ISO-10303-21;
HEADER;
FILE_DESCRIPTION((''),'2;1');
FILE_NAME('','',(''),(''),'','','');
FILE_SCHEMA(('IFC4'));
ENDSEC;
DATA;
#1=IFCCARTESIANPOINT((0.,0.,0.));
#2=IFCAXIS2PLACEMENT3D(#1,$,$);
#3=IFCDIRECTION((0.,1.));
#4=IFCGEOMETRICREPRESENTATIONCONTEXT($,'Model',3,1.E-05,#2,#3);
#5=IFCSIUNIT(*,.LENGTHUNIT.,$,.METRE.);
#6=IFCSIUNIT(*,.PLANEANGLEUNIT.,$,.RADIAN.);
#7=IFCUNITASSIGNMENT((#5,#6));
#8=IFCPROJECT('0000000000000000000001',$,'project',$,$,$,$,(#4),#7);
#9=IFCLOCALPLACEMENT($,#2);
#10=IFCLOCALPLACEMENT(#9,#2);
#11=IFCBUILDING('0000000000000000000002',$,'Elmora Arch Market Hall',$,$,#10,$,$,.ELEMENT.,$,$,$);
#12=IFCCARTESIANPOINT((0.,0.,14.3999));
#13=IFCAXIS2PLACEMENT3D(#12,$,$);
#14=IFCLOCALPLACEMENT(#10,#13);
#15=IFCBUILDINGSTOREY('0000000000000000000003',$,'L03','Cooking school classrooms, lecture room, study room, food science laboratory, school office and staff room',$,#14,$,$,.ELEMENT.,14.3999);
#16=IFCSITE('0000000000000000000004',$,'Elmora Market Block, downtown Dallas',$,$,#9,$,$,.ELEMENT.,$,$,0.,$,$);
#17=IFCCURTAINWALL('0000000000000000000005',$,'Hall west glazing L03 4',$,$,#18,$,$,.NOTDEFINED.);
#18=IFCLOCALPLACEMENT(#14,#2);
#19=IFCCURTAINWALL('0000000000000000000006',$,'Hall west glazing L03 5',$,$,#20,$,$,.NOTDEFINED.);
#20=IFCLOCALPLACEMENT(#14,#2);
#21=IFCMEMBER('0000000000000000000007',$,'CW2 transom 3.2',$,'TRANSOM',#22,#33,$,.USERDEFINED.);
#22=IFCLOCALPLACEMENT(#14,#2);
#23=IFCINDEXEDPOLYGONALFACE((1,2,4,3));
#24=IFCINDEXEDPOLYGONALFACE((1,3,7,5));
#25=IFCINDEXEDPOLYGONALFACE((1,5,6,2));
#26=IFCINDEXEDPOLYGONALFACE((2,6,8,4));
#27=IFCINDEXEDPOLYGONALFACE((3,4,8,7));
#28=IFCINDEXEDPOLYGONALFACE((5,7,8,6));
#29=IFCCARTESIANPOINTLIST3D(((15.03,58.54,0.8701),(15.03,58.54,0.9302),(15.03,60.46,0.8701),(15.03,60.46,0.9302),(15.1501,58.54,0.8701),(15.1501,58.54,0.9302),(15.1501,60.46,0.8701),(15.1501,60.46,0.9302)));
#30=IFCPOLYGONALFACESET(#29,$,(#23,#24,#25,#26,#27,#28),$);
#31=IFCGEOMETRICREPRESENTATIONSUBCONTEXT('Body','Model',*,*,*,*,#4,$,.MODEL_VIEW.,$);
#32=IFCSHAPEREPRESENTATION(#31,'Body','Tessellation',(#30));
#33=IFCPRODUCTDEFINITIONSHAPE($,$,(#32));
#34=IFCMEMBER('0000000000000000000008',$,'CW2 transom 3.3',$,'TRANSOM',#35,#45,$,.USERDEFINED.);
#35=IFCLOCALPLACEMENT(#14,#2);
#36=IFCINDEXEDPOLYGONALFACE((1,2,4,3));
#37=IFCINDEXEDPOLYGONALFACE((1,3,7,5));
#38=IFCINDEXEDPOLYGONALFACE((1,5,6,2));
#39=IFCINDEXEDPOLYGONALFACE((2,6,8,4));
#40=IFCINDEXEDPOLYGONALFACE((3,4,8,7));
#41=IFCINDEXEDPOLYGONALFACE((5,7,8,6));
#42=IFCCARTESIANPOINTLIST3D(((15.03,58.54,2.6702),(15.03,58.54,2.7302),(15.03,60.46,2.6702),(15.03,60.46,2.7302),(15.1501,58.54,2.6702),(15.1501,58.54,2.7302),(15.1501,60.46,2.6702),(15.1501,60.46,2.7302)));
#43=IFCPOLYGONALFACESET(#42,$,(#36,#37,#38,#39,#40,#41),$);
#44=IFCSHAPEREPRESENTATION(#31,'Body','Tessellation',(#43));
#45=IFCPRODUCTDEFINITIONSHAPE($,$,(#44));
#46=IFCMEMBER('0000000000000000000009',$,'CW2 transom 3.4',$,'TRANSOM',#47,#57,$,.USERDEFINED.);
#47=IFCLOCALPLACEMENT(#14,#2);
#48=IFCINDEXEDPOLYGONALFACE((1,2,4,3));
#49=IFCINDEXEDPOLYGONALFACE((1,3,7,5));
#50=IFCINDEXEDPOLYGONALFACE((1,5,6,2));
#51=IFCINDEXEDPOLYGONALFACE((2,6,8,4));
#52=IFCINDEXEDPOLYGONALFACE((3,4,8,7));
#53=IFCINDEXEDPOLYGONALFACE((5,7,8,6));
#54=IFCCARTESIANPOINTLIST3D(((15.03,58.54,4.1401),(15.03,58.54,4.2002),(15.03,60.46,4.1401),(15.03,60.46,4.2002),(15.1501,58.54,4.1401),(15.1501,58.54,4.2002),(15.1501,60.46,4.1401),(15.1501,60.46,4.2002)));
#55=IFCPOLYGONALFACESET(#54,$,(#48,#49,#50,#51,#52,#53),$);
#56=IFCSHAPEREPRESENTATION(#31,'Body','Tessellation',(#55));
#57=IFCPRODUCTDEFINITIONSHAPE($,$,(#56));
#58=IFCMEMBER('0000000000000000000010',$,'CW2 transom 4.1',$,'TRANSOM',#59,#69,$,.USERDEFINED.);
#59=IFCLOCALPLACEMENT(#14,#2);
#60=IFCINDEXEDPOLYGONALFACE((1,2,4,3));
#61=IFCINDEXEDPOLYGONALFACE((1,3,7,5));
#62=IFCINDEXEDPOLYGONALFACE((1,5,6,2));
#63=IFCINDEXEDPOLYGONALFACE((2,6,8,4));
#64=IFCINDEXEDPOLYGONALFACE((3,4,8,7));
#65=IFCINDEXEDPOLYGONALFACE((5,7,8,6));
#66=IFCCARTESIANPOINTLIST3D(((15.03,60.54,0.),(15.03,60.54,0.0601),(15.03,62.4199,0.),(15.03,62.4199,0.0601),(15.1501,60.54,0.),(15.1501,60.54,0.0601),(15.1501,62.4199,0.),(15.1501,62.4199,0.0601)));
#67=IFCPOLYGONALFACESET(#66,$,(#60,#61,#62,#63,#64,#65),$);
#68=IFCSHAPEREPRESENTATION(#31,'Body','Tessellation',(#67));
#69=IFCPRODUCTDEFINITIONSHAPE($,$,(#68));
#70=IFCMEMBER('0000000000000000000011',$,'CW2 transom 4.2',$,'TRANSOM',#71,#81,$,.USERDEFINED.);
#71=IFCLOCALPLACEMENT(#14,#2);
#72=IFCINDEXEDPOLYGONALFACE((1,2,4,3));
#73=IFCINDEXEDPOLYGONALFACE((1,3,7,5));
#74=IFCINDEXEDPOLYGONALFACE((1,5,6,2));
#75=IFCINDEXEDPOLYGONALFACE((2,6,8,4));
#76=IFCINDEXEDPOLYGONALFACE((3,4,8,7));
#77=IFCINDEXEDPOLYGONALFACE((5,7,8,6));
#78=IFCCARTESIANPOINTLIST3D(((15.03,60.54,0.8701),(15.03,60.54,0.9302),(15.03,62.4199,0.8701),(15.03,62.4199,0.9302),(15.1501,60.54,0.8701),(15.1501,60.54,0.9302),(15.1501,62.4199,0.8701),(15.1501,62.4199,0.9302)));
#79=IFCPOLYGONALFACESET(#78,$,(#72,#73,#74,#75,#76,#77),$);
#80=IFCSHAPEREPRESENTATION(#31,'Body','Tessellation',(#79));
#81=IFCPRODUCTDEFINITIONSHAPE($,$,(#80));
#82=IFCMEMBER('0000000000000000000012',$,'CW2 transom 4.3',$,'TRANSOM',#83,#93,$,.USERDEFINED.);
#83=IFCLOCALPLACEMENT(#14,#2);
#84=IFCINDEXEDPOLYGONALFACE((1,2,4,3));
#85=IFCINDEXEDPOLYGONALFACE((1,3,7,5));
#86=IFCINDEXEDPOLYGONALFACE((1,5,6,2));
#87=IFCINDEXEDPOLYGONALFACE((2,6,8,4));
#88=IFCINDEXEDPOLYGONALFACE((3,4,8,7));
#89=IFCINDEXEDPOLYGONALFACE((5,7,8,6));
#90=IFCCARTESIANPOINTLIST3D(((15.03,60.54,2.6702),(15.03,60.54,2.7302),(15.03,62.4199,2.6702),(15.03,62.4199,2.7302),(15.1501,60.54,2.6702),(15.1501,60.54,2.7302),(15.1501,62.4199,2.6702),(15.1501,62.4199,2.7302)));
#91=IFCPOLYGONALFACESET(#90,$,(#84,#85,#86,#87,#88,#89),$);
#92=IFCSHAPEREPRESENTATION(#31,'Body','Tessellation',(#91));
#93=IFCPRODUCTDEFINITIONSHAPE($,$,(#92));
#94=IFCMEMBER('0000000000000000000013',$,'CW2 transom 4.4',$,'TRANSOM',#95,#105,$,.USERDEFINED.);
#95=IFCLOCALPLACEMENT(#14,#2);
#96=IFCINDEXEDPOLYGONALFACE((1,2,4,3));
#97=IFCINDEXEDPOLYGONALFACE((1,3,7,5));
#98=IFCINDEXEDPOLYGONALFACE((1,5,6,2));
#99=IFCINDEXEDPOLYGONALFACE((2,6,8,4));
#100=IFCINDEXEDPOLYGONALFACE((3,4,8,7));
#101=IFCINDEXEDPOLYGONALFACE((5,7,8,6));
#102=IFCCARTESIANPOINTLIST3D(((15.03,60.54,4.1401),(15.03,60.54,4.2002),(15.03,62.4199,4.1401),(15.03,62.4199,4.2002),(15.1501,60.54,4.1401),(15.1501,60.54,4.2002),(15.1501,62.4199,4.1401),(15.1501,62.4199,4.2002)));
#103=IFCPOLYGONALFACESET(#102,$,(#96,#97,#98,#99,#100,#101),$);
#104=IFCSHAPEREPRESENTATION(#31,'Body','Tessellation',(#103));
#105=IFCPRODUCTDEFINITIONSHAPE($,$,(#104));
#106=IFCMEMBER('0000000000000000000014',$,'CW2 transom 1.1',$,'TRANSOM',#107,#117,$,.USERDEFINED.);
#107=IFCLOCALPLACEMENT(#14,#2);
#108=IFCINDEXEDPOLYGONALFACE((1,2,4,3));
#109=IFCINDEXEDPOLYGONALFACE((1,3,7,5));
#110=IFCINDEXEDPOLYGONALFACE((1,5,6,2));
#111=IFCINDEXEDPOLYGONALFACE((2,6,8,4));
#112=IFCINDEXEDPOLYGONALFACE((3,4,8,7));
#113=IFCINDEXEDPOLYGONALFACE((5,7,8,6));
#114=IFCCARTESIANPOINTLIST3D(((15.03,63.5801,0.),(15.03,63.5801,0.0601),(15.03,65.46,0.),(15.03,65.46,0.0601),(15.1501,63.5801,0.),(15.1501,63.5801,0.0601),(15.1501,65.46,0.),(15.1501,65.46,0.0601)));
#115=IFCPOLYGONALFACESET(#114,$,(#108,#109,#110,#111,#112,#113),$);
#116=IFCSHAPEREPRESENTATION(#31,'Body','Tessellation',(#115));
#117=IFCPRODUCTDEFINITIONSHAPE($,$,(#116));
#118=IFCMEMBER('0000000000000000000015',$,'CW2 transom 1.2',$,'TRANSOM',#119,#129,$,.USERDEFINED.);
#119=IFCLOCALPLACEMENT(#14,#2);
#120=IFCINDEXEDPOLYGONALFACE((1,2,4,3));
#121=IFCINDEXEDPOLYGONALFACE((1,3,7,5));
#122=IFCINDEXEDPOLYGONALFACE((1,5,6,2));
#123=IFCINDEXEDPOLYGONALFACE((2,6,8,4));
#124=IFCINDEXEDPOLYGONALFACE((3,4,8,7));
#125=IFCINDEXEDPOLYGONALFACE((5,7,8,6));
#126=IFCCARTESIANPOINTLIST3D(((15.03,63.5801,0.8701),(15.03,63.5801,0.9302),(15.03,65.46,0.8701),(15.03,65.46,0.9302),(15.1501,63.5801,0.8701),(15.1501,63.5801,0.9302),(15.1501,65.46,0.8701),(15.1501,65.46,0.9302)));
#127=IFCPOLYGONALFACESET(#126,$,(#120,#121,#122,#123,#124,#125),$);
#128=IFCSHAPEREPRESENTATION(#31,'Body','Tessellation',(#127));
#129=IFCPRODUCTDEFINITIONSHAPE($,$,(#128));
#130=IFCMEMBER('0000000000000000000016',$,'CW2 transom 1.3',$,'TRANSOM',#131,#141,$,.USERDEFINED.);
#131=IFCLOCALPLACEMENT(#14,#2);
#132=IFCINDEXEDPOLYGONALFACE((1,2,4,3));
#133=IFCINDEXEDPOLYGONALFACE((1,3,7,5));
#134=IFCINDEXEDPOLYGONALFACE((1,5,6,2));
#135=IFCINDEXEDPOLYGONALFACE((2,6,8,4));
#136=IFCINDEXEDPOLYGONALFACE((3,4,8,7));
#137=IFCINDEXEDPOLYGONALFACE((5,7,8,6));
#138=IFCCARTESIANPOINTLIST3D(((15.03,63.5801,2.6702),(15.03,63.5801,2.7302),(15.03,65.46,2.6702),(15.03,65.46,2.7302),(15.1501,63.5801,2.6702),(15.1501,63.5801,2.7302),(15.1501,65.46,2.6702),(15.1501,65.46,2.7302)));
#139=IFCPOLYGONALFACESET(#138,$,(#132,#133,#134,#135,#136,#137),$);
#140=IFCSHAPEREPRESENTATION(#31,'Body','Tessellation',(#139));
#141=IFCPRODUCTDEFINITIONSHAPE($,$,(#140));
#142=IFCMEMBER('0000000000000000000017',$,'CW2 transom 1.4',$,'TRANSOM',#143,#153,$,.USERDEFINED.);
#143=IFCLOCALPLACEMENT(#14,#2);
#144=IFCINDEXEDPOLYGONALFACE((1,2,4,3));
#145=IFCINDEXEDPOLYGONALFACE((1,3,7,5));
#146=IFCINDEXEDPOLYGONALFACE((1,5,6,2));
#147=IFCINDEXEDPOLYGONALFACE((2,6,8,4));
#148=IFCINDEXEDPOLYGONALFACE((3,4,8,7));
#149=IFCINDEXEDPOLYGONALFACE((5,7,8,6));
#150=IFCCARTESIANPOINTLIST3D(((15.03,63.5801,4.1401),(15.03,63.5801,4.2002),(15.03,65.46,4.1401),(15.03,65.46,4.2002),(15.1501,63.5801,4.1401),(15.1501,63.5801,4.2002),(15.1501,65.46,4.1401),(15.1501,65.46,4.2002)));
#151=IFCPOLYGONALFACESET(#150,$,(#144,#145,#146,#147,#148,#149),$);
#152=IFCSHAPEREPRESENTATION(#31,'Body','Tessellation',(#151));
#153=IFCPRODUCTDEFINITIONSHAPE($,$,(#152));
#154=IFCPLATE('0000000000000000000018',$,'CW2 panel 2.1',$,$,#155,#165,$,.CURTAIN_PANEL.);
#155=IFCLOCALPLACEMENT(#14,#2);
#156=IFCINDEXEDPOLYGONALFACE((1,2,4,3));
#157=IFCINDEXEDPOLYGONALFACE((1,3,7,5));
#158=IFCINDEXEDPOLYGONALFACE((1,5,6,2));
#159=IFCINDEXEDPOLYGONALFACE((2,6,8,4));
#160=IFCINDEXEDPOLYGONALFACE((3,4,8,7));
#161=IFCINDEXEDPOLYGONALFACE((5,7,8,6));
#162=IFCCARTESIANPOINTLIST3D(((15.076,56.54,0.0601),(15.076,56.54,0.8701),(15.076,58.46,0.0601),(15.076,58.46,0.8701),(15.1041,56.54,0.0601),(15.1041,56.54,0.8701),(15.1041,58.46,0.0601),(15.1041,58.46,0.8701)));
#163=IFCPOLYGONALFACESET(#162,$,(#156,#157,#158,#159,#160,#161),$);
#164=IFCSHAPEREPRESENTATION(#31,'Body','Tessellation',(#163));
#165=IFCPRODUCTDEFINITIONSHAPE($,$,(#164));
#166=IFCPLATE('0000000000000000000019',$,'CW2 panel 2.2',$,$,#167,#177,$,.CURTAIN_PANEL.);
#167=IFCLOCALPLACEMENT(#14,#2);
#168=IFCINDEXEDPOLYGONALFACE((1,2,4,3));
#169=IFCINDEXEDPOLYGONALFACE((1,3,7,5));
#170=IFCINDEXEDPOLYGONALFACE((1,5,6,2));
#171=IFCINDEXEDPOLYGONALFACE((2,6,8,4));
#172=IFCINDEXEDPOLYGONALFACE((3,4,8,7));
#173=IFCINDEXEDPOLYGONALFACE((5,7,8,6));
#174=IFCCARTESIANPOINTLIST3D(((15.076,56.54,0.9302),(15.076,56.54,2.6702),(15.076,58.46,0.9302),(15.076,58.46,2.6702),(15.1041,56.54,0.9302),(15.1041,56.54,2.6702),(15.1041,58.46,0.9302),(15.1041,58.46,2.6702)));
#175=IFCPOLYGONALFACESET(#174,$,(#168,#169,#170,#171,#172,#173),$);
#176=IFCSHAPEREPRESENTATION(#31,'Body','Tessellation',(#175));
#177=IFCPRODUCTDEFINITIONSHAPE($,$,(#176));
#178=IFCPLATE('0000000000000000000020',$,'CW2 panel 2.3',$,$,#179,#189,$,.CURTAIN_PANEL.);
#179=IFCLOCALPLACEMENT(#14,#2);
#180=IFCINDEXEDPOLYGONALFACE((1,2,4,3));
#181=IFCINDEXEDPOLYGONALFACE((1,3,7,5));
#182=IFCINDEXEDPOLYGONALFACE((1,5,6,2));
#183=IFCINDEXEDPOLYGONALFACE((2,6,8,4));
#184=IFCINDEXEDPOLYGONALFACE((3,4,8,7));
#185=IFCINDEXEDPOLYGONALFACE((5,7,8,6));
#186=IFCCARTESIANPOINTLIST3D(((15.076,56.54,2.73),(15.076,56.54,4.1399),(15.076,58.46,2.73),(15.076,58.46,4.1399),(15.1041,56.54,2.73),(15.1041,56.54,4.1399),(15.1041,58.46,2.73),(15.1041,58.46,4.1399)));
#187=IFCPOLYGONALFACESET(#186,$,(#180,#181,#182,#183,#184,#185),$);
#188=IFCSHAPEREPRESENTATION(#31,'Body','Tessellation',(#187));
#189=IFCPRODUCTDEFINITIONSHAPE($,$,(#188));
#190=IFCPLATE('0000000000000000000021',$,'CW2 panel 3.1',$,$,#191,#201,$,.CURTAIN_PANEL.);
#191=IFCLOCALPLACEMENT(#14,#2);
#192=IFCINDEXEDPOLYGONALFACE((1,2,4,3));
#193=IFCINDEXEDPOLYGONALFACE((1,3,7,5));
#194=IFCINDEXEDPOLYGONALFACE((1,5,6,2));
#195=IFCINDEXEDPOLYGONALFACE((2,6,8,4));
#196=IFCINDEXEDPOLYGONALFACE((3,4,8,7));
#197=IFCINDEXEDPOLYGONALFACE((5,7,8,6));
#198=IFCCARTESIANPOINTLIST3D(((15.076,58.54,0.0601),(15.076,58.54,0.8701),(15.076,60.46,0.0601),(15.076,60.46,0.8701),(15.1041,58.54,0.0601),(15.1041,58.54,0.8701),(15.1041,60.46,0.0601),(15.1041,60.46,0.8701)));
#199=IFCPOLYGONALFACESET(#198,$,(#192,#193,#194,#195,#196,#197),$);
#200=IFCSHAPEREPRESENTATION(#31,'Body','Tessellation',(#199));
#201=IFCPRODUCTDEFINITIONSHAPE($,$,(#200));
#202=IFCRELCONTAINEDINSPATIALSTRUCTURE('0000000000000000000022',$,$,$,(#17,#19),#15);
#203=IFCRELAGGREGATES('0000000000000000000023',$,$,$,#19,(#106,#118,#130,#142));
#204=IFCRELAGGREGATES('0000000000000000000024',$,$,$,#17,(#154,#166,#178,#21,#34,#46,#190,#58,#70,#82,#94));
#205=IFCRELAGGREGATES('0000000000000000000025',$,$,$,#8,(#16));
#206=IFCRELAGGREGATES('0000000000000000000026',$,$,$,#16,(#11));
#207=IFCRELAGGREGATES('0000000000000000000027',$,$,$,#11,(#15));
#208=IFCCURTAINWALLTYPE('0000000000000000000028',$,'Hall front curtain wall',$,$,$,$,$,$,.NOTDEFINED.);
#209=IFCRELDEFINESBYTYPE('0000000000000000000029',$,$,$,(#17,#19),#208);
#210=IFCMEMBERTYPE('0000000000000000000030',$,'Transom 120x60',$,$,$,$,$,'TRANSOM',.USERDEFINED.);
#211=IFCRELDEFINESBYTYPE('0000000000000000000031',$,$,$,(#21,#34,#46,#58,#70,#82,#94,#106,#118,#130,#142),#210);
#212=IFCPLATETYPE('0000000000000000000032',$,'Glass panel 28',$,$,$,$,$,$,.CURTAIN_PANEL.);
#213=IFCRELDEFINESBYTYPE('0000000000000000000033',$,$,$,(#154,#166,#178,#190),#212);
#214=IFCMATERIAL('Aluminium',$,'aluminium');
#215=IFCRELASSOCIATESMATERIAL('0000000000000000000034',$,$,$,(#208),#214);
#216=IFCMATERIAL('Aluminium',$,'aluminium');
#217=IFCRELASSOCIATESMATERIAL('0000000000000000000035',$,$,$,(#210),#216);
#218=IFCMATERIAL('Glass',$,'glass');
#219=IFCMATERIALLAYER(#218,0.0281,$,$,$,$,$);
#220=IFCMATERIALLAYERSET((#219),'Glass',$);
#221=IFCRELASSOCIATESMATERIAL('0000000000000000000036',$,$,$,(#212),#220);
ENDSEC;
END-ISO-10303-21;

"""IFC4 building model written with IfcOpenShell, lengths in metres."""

from ifc_helpers import new_model, si_unit, direction, frame, origin, origin_2d, place, context, subcontext, project, spatial, rectangle, extrude, material, layer, layer_set, material_profile, profile_set, type_object, element, aggregate, save


model = new_model("IFC4")

# Units and contexts
model_context = context("Model", 3, precision=1e-05, world=origin(), true_north=direction((0.0, 1.0)))
body_context = subcontext(model_context, "Body", "Model", "MODEL_VIEW")
ifc_project = project(units=[si_unit("LENGTHUNIT", "METRE"), si_unit("PLANEANGLEUNIT", "RADIAN")], contexts=[model_context])

# Site, building, storey
site_placement = place(None, origin())
site = spatial("IfcSite", under=ifc_project, at=site_placement, Name="Elmora Market Block, downtown Dallas", CompositionType="ELEMENT", RefElevation=0.0)
building_placement = place(site_placement, origin())
building = spatial("IfcBuilding", under=site, at=building_placement, Name="Elmora Arch Market Hall", CompositionType="ELEMENT")
storey_placement = place(building_placement, frame((0.0, 0.0, 14.3999)))
storey = spatial("IfcBuildingStorey", under=building, at=storey_placement, Name="L03", Description="Cooking school classrooms, lecture room, study room, food science laboratory, school office and staff room", CompositionType="ELEMENT", Elevation=14.3999)

# Curtain wall
ifc_material_1 = material(Name="Aluminium", Category="aluminium")
curtain_wall_type = type_object("IfcCurtainWallType", Name="Hall front curtain wall", PredefinedType="NOTDEFINED", material=ifc_material_1)
curtain_wall_1_placement = place(storey_placement, origin())
curtain_wall_1 = element("IfcCurtainWall", 1, at=curtain_wall_1_placement, inside=storey, type_object=curtain_wall_type, Name="Hall west glazing L03 4", PredefinedType="NOTDEFINED")

# Curtain wall
curtain_wall_2_placement = place(storey_placement, origin())
curtain_wall_2 = element("IfcCurtainWall", 2, at=curtain_wall_2_placement, inside=storey, type_object=curtain_wall_type, Name="Hall west glazing L03 5", PredefinedType="NOTDEFINED")

# Members
ifc_material_2 = material(Name="Aluminium", Category="aluminium")
ifc_material_profile_1 = material_profile(ifc_material_2, rectangle(XDim=0.1201, YDim=0.0601, at=origin_2d()), Name="AL 120x60")
ifc_profile_set_1 = profile_set([ifc_material_profile_1], Name="Aluminium")
member_type_1 = type_object("IfcMemberType", Name="Transom 120x60", ElementType="TRANSOM", PredefinedType="USERDEFINED", material=ifc_profile_set_1)
member_1_placement = place(storey_placement, frame((15.0901, 58.54, 0.9001), z_axis=(0.0, 1.0, 0.0), x_axis=(-1.0, 0.0, 0.0)))
member_1 = element("IfcMember", 3, at=member_1_placement, type_object=member_type_1, Name="CW2 transom 3.2", ObjectType="TRANSOM", PredefinedType="USERDEFINED", context=body_context, shape_type="SweptSolid", body=[
    extrude(rectangle(XDim=0.1201, YDim=0.0601, at=origin_2d()), origin(), (0.0, 0.0, 1.0), 1.9199),
])
member_2_placement = place(storey_placement, frame((15.0901, 58.54, 2.7002), z_axis=(0.0, 1.0, 0.0), x_axis=(-1.0, 0.0, 0.0)))
member_2 = element("IfcMember", 4, at=member_2_placement, type_object=member_type_1, Name="CW2 transom 3.3", ObjectType="TRANSOM", PredefinedType="USERDEFINED", context=body_context, shape_type="SweptSolid", body=[
    extrude(rectangle(XDim=0.1201, YDim=0.0601, at=origin_2d()), origin(), (0.0, 0.0, 1.0), 1.9199),
])
member_3_placement = place(storey_placement, frame((15.0901, 58.54, 4.1702), z_axis=(0.0, 1.0, 0.0), x_axis=(-1.0, 0.0, 0.0)))
member_3 = element("IfcMember", 5, at=member_3_placement, type_object=member_type_1, Name="CW2 transom 3.4", ObjectType="TRANSOM", PredefinedType="USERDEFINED", context=body_context, shape_type="SweptSolid", body=[
    extrude(rectangle(XDim=0.1201, YDim=0.0601, at=origin_2d()), origin(), (0.0, 0.0, 1.0), 1.9199),
])
member_4_placement = place(storey_placement, frame((15.0901, 60.54, 0.03), z_axis=(0.0, 1.0, 0.0), x_axis=(-1.0, 0.0, 0.0)))
member_4 = element("IfcMember", 6, at=member_4_placement, type_object=member_type_1, Name="CW2 transom 4.1", ObjectType="TRANSOM", PredefinedType="USERDEFINED", context=body_context, shape_type="SweptSolid", body=[
    extrude(rectangle(XDim=0.1201, YDim=0.0601, at=origin_2d()), origin(), (0.0, 0.0, 1.0), 1.8799),
])
member_5_placement = place(storey_placement, frame((15.0901, 60.54, 0.9001), z_axis=(0.0, 1.0, 0.0), x_axis=(-1.0, 0.0, 0.0)))
member_5 = element("IfcMember", 7, at=member_5_placement, type_object=member_type_1, Name="CW2 transom 4.2", ObjectType="TRANSOM", PredefinedType="USERDEFINED", context=body_context, shape_type="SweptSolid", body=[
    extrude(rectangle(XDim=0.1201, YDim=0.0601, at=origin_2d()), origin(), (0.0, 0.0, 1.0), 1.8799),
])
member_6_placement = place(storey_placement, frame((15.0901, 60.54, 2.7002), z_axis=(0.0, 1.0, 0.0), x_axis=(-1.0, 0.0, 0.0)))
member_6 = element("IfcMember", 8, at=member_6_placement, type_object=member_type_1, Name="CW2 transom 4.3", ObjectType="TRANSOM", PredefinedType="USERDEFINED", context=body_context, shape_type="SweptSolid", body=[
    extrude(rectangle(XDim=0.1201, YDim=0.0601, at=origin_2d()), origin(), (0.0, 0.0, 1.0), 1.8799),
])
member_7_placement = place(storey_placement, frame((15.0901, 60.54, 4.1702), z_axis=(0.0, 1.0, 0.0), x_axis=(-1.0, 0.0, 0.0)))
member_7 = element("IfcMember", 9, at=member_7_placement, type_object=member_type_1, Name="CW2 transom 4.4", ObjectType="TRANSOM", PredefinedType="USERDEFINED", context=body_context, shape_type="SweptSolid", body=[
    extrude(rectangle(XDim=0.1201, YDim=0.0601, at=origin_2d()), origin(), (0.0, 0.0, 1.0), 1.8799),
])
member_8_placement = place(storey_placement, frame((15.0901, 63.5801, 0.03), z_axis=(0.0, 1.0, 0.0), x_axis=(-1.0, 0.0, 0.0)))
member_8 = element("IfcMember", 10, at=member_8_placement, type_object=member_type_1, Name="CW2 transom 1.1", ObjectType="TRANSOM", PredefinedType="USERDEFINED", context=body_context, shape_type="SweptSolid", body=[
    extrude(rectangle(XDim=0.1201, YDim=0.0601, at=origin_2d()), origin(), (0.0, 0.0, 1.0), 1.8799),
])
member_9_placement = place(storey_placement, frame((15.0901, 63.5801, 0.9001), z_axis=(0.0, 1.0, 0.0), x_axis=(-1.0, 0.0, 0.0)))
member_9 = element("IfcMember", 11, at=member_9_placement, type_object=member_type_1, Name="CW2 transom 1.2", ObjectType="TRANSOM", PredefinedType="USERDEFINED", context=body_context, shape_type="SweptSolid", body=[
    extrude(rectangle(XDim=0.1201, YDim=0.0601, at=origin_2d()), origin(), (0.0, 0.0, 1.0), 1.8799),
])
member_10_placement = place(storey_placement, frame((15.0901, 63.5801, 2.7002), z_axis=(0.0, 1.0, 0.0), x_axis=(-1.0, 0.0, 0.0)))
member_10 = element("IfcMember", 12, at=member_10_placement, type_object=member_type_1, Name="CW2 transom 1.3", ObjectType="TRANSOM", PredefinedType="USERDEFINED", context=body_context, shape_type="SweptSolid", body=[
    extrude(rectangle(XDim=0.1201, YDim=0.0601, at=origin_2d()), origin(), (0.0, 0.0, 1.0), 1.8799),
])
member_11_placement = place(storey_placement, frame((15.0901, 63.5801, 4.1702), z_axis=(0.0, 1.0, 0.0), x_axis=(-1.0, 0.0, 0.0)))
member_11 = element("IfcMember", 13, at=member_11_placement, type_object=member_type_1, Name="CW2 transom 1.4", ObjectType="TRANSOM", PredefinedType="USERDEFINED", context=body_context, shape_type="SweptSolid", body=[
    extrude(rectangle(XDim=0.1201, YDim=0.0601, at=origin_2d()), origin(), (0.0, 0.0, 1.0), 1.8799),
])
aggregate(curtain_wall_2, [member_8, member_9, member_10, member_11])

# Plates
ifc_material_3 = material(Name="Glass", Category="glass")
ifc_layer = layer(ifc_material_3, 0.0281)
ifc_layer_set = layer_set([ifc_layer], Name="Glass")
plate_type = type_object("IfcPlateType", Name="Glass panel 28", PredefinedType="CURTAIN_PANEL", material=ifc_layer_set)
plate_1_placement = place(storey_placement, frame((15.0901, 57.5, 0.0601), z_axis=(0.0, 0.0, 1.0), x_axis=(0.0, 1.0, 0.0)))
plate_1 = element("IfcPlate", 14, at=plate_1_placement, type_object=plate_type, Name="CW2 panel 2.1", PredefinedType="CURTAIN_PANEL", context=body_context, shape_type="SweptSolid", body=[
    extrude(rectangle(XDim=1.9199, YDim=0.0281, at=origin_2d()), origin(), (0.0, 0.0, 1.0), 0.8101),
])
plate_2_placement = place(storey_placement, frame((15.0901, 57.5, 0.9302), z_axis=(0.0, 0.0, 1.0), x_axis=(0.0, 1.0, 0.0)))
plate_2 = element("IfcPlate", 15, at=plate_2_placement, type_object=plate_type, Name="CW2 panel 2.2", PredefinedType="CURTAIN_PANEL", context=body_context, shape_type="SweptSolid", body=[
    extrude(rectangle(XDim=1.9199, YDim=0.0281, at=origin_2d()), origin(), (0.0, 0.0, 1.0), 1.74),
])
plate_3_placement = place(storey_placement, frame((15.0901, 57.5, 2.73), z_axis=(0.0, 0.0, 1.0), x_axis=(0.0, 1.0, 0.0)))
plate_3 = element("IfcPlate", 16, at=plate_3_placement, type_object=plate_type, Name="CW2 panel 2.3", PredefinedType="CURTAIN_PANEL", context=body_context, shape_type="SweptSolid", body=[
    extrude(rectangle(XDim=1.9199, YDim=0.0281, at=origin_2d()), origin(), (0.0, 0.0, 1.0), 1.4099),
])
plate_4_placement = place(storey_placement, frame((15.0901, 59.5, 0.0601), z_axis=(0.0, 0.0, 1.0), x_axis=(0.0, 1.0, 0.0)))
plate_4 = element("IfcPlate", 17, at=plate_4_placement, type_object=plate_type, Name="CW2 panel 3.1", PredefinedType="CURTAIN_PANEL", context=body_context, shape_type="SweptSolid", body=[
    extrude(rectangle(XDim=1.9199, YDim=0.0281, at=origin_2d()), origin(), (0.0, 0.0, 1.0), 0.8101),
])
aggregate(curtain_wall_1, [plate_1, plate_2, plate_3, member_1, member_2, member_3, plate_4, member_4, member_5, member_6, member_7])

save(model, "model.ifc")
